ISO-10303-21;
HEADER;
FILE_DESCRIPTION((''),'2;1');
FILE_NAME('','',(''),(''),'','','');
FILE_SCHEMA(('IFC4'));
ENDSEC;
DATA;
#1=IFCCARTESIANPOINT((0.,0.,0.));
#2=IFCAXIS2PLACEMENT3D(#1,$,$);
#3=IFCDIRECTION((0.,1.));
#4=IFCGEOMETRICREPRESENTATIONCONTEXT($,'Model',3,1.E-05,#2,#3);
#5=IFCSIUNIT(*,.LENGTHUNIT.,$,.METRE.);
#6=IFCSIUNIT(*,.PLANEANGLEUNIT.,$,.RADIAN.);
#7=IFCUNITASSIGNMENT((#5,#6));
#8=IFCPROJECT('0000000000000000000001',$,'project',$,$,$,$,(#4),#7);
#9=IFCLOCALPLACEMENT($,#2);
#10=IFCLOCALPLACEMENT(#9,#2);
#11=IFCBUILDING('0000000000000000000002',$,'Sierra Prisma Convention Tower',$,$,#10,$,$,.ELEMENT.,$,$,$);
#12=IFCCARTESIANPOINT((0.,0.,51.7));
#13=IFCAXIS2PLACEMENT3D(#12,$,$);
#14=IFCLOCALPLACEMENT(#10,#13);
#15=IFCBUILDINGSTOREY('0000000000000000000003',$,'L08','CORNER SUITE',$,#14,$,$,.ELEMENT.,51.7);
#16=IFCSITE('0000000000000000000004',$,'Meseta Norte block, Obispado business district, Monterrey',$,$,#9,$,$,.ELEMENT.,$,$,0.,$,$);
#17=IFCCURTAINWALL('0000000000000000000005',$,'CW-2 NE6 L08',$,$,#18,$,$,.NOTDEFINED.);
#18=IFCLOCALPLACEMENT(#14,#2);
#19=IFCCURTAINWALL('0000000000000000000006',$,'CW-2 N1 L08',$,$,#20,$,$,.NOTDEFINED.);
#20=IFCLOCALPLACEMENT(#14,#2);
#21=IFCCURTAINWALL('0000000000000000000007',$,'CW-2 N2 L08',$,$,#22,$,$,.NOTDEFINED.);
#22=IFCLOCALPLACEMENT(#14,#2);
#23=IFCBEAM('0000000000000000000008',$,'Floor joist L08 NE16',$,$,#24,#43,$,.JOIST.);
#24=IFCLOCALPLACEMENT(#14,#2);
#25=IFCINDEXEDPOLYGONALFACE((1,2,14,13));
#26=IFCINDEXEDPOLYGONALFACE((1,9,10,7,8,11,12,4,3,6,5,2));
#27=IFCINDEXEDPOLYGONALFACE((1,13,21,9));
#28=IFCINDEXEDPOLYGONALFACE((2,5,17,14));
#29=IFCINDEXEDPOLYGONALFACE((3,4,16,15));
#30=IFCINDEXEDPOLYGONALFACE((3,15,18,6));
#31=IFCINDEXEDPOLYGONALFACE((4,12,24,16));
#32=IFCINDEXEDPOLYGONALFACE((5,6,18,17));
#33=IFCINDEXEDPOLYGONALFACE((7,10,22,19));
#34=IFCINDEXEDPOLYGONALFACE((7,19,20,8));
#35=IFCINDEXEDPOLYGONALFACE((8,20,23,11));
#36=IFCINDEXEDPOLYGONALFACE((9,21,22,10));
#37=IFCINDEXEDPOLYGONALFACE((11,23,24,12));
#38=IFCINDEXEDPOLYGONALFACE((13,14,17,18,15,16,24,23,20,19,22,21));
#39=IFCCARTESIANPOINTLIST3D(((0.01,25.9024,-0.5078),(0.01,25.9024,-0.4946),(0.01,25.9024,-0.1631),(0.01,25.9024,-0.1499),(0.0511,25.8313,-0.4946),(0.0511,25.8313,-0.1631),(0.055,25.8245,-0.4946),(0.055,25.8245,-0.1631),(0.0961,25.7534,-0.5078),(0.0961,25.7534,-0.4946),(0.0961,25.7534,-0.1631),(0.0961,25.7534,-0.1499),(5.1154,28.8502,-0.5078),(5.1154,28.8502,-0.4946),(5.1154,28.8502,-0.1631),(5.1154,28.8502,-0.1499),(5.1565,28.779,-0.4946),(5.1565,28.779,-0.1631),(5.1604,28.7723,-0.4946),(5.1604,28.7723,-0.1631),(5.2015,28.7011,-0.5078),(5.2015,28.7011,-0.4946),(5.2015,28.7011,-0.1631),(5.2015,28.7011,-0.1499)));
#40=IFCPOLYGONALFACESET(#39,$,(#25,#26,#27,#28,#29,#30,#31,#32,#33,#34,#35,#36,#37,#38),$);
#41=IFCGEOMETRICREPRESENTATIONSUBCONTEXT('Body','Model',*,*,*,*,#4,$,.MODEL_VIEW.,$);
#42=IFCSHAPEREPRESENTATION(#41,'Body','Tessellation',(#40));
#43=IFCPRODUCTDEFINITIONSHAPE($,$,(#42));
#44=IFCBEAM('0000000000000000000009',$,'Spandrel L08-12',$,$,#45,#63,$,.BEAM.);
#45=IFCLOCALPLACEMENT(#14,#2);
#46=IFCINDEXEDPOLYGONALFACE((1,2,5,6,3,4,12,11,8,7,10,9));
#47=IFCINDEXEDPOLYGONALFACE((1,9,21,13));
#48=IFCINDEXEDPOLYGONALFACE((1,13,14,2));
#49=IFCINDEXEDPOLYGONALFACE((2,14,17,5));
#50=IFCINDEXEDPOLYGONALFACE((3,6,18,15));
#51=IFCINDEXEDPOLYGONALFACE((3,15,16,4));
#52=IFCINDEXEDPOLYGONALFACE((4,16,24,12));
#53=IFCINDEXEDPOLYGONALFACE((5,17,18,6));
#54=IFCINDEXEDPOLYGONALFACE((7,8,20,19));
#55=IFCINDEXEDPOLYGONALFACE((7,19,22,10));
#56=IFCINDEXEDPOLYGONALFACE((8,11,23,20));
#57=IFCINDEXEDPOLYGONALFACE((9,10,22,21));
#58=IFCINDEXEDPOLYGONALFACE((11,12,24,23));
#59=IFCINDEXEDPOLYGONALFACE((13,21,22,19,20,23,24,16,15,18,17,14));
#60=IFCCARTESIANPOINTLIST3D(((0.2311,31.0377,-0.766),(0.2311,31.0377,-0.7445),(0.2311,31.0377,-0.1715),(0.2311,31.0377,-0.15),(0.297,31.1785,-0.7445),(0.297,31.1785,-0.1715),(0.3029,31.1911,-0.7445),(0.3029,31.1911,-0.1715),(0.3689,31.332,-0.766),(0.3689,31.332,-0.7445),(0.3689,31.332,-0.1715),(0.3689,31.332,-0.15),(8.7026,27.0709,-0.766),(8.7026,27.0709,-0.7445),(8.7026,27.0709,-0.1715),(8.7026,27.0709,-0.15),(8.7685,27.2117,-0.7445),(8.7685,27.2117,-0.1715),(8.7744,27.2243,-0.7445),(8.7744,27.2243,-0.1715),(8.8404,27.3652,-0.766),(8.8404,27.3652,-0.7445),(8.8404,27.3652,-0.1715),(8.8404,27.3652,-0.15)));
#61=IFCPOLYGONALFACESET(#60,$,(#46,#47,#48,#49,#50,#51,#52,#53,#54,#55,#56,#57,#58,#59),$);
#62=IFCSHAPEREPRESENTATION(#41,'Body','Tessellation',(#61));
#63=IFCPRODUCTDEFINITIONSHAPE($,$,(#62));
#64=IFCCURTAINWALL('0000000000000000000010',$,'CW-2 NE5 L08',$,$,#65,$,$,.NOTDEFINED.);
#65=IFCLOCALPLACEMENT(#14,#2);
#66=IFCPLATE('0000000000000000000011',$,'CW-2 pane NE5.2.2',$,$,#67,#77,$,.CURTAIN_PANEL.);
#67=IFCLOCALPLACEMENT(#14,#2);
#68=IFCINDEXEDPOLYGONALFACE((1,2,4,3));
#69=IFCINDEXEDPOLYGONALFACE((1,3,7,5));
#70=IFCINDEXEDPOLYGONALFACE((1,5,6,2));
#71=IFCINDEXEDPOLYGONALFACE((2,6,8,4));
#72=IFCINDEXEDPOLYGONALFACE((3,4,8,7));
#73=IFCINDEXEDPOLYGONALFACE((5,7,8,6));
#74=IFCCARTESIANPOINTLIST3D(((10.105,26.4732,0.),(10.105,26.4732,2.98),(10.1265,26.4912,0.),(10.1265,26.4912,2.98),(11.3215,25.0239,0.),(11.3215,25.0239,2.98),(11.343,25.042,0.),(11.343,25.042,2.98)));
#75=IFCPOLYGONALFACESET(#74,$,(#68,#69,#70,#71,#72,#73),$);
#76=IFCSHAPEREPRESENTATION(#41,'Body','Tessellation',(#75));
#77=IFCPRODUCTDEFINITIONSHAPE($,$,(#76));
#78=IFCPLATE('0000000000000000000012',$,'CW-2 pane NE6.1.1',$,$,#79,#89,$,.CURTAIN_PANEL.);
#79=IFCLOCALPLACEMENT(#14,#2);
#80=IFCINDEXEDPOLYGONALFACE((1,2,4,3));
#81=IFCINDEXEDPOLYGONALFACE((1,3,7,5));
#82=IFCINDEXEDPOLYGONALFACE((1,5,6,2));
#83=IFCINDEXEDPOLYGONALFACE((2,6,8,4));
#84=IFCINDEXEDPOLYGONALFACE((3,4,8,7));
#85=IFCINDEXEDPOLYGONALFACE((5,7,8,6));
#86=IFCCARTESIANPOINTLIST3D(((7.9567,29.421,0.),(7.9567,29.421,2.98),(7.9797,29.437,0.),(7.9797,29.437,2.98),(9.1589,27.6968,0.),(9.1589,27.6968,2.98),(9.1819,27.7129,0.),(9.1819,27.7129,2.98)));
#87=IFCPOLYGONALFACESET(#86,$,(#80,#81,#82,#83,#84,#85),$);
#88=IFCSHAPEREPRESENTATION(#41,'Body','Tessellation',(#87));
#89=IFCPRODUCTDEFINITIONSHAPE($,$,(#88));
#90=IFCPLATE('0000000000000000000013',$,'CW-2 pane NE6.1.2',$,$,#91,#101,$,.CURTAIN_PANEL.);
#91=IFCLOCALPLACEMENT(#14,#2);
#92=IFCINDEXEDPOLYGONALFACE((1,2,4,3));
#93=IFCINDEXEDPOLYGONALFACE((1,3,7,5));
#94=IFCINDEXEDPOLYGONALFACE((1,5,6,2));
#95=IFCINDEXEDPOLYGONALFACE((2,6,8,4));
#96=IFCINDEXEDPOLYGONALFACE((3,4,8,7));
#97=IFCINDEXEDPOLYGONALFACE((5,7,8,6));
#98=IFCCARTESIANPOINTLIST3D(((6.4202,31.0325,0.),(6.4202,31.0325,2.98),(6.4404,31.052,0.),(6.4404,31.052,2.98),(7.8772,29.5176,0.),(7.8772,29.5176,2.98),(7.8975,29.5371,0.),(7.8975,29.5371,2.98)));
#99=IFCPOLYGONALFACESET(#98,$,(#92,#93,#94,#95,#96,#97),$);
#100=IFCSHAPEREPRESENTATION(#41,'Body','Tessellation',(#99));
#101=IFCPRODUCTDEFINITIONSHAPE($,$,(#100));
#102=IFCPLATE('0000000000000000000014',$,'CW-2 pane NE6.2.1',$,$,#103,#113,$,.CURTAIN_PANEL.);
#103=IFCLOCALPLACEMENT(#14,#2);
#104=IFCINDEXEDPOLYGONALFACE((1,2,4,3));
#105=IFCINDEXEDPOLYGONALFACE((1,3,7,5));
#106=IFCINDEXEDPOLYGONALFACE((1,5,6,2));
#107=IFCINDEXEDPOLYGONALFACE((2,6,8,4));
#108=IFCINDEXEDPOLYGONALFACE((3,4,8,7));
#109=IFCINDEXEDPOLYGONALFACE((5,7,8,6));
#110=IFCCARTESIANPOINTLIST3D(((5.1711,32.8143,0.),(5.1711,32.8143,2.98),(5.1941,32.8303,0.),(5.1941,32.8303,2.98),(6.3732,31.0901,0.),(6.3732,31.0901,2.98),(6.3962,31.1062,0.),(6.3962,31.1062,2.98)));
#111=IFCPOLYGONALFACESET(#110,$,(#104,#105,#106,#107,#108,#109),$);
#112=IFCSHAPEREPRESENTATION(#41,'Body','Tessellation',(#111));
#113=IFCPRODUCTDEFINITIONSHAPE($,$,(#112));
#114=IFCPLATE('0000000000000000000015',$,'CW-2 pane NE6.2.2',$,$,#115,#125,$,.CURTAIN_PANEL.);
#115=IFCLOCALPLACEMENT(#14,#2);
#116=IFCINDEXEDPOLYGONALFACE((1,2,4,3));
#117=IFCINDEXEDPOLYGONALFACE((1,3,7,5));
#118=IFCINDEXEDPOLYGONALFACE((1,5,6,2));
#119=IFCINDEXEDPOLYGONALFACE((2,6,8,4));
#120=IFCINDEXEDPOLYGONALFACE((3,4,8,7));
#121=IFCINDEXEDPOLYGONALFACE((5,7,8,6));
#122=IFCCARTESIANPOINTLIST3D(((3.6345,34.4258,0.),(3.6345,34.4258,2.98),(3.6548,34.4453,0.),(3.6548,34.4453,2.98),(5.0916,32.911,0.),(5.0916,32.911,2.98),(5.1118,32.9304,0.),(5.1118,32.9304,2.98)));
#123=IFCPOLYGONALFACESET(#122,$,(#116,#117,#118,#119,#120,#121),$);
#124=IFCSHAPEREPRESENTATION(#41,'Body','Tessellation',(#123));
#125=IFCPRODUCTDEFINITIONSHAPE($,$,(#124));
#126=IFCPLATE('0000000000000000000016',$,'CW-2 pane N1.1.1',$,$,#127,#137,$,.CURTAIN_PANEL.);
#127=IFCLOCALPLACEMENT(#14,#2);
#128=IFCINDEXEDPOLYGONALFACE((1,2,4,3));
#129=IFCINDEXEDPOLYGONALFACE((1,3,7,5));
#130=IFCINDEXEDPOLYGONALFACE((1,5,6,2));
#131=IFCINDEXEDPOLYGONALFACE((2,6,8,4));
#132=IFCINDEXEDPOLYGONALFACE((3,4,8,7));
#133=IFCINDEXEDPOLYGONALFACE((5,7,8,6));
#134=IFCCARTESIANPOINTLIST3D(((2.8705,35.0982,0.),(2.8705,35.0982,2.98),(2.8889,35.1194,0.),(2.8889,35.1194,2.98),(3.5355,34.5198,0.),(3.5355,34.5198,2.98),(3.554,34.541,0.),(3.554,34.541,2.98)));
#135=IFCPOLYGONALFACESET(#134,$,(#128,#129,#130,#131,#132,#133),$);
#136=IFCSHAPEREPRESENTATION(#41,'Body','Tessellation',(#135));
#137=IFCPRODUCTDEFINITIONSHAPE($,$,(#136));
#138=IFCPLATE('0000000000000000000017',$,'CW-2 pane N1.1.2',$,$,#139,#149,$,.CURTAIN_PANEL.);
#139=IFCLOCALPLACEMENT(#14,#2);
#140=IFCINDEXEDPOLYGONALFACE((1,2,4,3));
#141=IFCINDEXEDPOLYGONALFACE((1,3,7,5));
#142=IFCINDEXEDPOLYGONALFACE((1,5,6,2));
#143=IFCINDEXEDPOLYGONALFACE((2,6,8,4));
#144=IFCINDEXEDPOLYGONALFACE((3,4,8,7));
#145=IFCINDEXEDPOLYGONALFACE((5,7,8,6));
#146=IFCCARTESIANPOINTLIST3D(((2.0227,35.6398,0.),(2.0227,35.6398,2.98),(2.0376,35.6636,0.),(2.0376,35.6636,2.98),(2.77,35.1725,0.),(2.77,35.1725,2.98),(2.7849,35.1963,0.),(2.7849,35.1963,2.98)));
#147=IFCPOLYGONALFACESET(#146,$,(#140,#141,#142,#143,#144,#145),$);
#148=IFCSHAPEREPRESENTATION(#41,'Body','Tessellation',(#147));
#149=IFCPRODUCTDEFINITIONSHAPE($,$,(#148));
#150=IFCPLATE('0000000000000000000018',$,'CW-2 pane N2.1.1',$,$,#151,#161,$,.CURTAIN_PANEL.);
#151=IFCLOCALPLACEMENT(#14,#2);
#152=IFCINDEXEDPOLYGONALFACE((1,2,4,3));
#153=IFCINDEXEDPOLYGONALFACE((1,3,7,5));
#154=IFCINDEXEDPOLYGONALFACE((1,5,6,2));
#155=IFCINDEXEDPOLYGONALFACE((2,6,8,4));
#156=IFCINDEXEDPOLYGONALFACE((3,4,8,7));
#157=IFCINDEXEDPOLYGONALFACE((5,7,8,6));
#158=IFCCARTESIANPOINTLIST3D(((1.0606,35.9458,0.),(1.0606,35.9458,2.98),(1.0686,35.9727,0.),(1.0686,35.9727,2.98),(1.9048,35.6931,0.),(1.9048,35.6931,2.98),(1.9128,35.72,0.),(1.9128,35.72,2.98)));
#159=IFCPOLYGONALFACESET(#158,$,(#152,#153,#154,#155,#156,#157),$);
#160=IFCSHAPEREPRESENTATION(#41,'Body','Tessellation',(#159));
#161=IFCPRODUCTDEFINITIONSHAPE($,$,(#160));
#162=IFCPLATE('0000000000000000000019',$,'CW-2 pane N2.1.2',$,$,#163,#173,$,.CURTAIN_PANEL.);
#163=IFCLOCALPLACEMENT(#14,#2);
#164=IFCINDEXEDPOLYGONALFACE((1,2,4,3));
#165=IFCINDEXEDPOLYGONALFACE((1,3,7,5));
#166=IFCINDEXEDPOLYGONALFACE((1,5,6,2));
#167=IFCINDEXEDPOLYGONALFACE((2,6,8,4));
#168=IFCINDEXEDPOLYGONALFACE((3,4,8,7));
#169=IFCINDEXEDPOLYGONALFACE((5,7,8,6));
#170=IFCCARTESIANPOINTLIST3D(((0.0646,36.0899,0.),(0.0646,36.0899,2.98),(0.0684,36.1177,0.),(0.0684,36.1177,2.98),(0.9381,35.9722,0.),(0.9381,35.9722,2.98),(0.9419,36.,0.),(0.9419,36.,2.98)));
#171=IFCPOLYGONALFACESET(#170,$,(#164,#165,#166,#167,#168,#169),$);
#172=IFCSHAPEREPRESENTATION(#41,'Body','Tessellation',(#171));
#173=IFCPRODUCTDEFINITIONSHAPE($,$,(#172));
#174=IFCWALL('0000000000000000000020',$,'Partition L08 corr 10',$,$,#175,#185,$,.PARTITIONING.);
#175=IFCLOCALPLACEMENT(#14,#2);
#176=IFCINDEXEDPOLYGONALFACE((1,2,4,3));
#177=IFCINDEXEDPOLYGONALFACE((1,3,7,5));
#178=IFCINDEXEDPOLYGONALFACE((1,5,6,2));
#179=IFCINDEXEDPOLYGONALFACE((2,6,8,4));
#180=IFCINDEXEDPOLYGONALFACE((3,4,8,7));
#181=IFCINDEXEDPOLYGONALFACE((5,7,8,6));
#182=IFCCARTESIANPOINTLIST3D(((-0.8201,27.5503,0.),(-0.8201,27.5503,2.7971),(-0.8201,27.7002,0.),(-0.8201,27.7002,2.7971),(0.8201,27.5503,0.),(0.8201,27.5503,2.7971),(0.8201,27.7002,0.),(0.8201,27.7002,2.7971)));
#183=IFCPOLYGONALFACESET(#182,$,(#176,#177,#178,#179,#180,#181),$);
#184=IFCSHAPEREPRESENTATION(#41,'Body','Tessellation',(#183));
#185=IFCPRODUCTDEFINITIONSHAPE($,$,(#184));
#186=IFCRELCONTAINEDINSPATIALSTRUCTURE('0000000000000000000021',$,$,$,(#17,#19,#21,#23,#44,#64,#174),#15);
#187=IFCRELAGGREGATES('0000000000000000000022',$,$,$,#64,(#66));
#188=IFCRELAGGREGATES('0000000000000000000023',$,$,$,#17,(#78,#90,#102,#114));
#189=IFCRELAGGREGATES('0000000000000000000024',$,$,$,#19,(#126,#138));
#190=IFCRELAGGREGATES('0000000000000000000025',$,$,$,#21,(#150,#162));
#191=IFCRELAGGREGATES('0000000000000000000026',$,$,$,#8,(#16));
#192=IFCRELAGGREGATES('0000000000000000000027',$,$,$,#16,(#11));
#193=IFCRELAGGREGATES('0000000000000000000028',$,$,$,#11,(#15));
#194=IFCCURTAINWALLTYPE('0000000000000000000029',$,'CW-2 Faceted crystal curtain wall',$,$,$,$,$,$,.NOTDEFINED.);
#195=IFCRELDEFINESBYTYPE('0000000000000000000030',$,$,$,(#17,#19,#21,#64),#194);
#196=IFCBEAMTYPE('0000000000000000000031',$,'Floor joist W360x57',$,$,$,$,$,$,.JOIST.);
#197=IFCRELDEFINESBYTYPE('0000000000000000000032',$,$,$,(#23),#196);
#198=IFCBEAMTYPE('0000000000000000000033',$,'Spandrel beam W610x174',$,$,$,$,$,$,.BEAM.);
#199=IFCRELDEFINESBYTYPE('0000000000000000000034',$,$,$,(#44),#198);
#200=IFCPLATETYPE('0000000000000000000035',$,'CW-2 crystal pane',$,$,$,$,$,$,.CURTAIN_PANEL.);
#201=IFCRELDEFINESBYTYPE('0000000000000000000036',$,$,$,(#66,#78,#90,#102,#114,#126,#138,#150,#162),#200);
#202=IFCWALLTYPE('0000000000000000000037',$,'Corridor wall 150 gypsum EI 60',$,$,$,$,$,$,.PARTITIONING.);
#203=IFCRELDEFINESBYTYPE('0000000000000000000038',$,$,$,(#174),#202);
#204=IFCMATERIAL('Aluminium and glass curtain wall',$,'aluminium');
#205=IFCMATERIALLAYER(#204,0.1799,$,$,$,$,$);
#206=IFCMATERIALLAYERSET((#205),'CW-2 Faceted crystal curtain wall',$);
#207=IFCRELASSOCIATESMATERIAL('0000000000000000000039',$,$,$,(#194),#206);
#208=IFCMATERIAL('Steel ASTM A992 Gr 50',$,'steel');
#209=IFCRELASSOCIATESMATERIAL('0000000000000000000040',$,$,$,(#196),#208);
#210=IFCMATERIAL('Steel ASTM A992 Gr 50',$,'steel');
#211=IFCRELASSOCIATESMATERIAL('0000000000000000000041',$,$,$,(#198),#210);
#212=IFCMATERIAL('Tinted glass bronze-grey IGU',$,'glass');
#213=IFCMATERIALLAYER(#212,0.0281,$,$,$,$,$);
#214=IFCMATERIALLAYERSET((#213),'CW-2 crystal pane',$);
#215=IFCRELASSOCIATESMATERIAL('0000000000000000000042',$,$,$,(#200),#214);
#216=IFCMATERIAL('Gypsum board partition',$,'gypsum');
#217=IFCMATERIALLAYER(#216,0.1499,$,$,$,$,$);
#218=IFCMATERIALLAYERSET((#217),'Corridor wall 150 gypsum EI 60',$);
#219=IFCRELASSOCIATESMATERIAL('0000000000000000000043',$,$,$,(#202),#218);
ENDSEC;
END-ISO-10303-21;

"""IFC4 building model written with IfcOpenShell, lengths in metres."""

from ifc_helpers import new_model, si_unit, direction, frame, frame_2d, origin, origin_2d, place, context, subcontext, project, spatial, polyline, rectangle, i_section, outline, extrude, material, layer, layer_set, material_profile, profile_set, type_object, element, aggregate, save


model = new_model("IFC4")

# Units and contexts
model_context = context("Model", 3, precision=1e-05, world=origin(), true_north=direction((0.0, 1.0)))
body_context = subcontext(model_context, "Body", "Model", "MODEL_VIEW")
ifc_project = project(units=[si_unit("LENGTHUNIT", "METRE"), si_unit("PLANEANGLEUNIT", "RADIAN")], contexts=[model_context])

# Site, building, storey
site_placement = place(None, origin())
site = spatial("IfcSite", under=ifc_project, at=site_placement, Name="Meseta Norte block, Obispado business district, Monterrey", CompositionType="ELEMENT", RefElevation=0.0)
building_placement = place(site_placement, origin())
building = spatial("IfcBuilding", under=site, at=building_placement, Name="Sierra Prisma Convention Tower", CompositionType="ELEMENT")
storey_placement = place(building_placement, frame((0.0, 0.0, 51.7)))
storey = spatial("IfcBuildingStorey", under=building, at=storey_placement, Name="L08", Description="CORNER SUITE", CompositionType="ELEMENT", Elevation=51.7)

# Curtain wall
ifc_material_1 = material(Name="Aluminium and glass curtain wall", Category="aluminium")
ifc_layer_1 = layer(ifc_material_1, 0.1799)
ifc_layer_set_1 = layer_set([ifc_layer_1], Name="CW-2 Faceted crystal curtain wall")
curtain_wall_type = type_object("IfcCurtainWallType", Name="CW-2 Faceted crystal curtain wall", PredefinedType="NOTDEFINED", material=ifc_layer_set_1)
curtain_wall_1_placement = place(storey_placement, origin())
curtain_wall_1 = element("IfcCurtainWall", 1, at=curtain_wall_1_placement, inside=storey, type_object=curtain_wall_type, Name="CW-2 NE6 L08", PredefinedType="NOTDEFINED")

# Curtain walls
curtain_wall_2_placement = place(storey_placement, origin())
curtain_wall_2 = element("IfcCurtainWall", 2, at=curtain_wall_2_placement, inside=storey, type_object=curtain_wall_type, Name="CW-2 N1 L08", PredefinedType="NOTDEFINED")
curtain_wall_3_placement = place(storey_placement, origin())
curtain_wall_3 = element("IfcCurtainWall", 3, at=curtain_wall_3_placement, inside=storey, type_object=curtain_wall_type, Name="CW-2 N2 L08", PredefinedType="NOTDEFINED")

# Beams
ifc_material_2 = material(Name="Steel ASTM A992 Gr 50", Category="steel")
ifc_material_profile_1 = material_profile(ifc_material_2, i_section(OverallWidth=0.1721, OverallDepth=0.3579, WebThickness=0.0078, FlangeThickness=0.0132, at=origin_2d()), Name="W360x57")
ifc_profile_set_1 = profile_set([ifc_material_profile_1], Name="Steel ASTM A992 Gr 50")
beam_type_1 = type_object("IfcBeamType", Name="Floor joist W360x57", PredefinedType="JOIST", material=ifc_profile_set_1)
beam_1_placement = place(storey_placement, frame((5.1584, 28.7756, -0.3289), z_axis=(-0.866017, -0.500014, 0.0), x_axis=(0.500014, -0.866017, 0.0)))
element("IfcBeam", 4, at=beam_1_placement, inside=storey, type_object=beam_type_1, Name="Floor joist L08 NE16", PredefinedType="JOIST", context=body_context, shape_type="SweptSolid", body=[
    extrude(i_section(OverallWidth=0.1721, OverallDepth=0.3579, WebThickness=0.0078, FlangeThickness=0.0132, at=origin_2d()), origin(), (0.0, 0.0, 1.0), 5.8953),
])
ifc_material_3 = material(Name="Steel ASTM A992 Gr 50", Category="steel")
ifc_material_profile_2 = material_profile(ifc_material_3, i_section(OverallWidth=0.325, OverallDepth=0.616, WebThickness=0.0139, FlangeThickness=0.0215, at=origin_2d()), Name="W610x174")
ifc_profile_set_2 = profile_set([ifc_material_profile_2], Name="Steel ASTM A992 Gr 50")
beam_type_2 = type_object("IfcBeamType", Name="Spandrel beam W610x174", PredefinedType="BEAM", material=ifc_profile_set_2)
beam_2_placement = place(storey_placement, frame((8.7715, 27.218, -0.458), z_axis=(-0.905631, 0.424067, 0.0), x_axis=(-0.424067, -0.905631, 0.0)))
element("IfcBeam", 5, at=beam_2_placement, inside=storey, type_object=beam_type_2, Name="Spandrel L08-12", PredefinedType="BEAM", context=body_context, shape_type="SweptSolid", body=[
    extrude(i_section(OverallWidth=0.325, OverallDepth=0.616, WebThickness=0.0139, FlangeThickness=0.0215, at=origin_2d()), origin(), (0.0, 0.0, 1.0), 9.3542),
])

# Curtain wall, plate
curtain_wall_4_placement = place(storey_placement, origin())
curtain_wall_4 = element("IfcCurtainWall", 6, at=curtain_wall_4_placement, inside=storey, type_object=curtain_wall_type, Name="CW-2 NE5 L08", PredefinedType="NOTDEFINED")
ifc_material_4 = material(Name="Tinted glass bronze-grey IGU", Category="glass")
ifc_layer_2 = layer(ifc_material_4, 0.0281)
ifc_layer_set_2 = layer_set([ifc_layer_2], Name="CW-2 crystal pane")
plate_type = type_object("IfcPlateType", Name="CW-2 crystal pane", PredefinedType="CURTAIN_PANEL", material=ifc_layer_set_2)
plate_1_placement = place(storey_placement, frame((10.1265, 26.4912, 0.0), z_axis=(0.765911, 0.642947, 0.0), x_axis=(0.642947, -0.765911, 0.0)))
plate_1 = element("IfcPlate", 7, at=plate_1_placement, type_object=plate_type, Name="CW-2 pane NE5.2.2", PredefinedType="CURTAIN_PANEL", context=body_context, shape_type="SweptSolid", body=[
    extrude(outline(polyline([(0.0, 0.0), (1.8922, 0.0), (1.8922, -2.98), (0.0, -2.98), (0.0, 0.0)])), origin(), (0.0, 0.0, -1.0), 0.0281),
])
aggregate(curtain_wall_4, [plate_1])

# Plates
plate_2_placement = place(storey_placement, frame((9.1819, 27.7129, 0.0), z_axis=(0.820289, 0.571949, 0.0), x_axis=(-0.571949, 0.820289, 0.0)))
plate_2 = element("IfcPlate", 8, at=plate_2_placement, type_object=plate_type, Name="CW-2 pane NE6.1.1", PredefinedType="CURTAIN_PANEL", context=body_context, shape_type="SweptSolid", body=[
    extrude(outline(polyline([(0.0, 0.0), (2.1018, 0.0), (2.1018, 2.98), (0.0, 2.98), (0.0, 0.0)])), origin(), (0.0, 0.0, -1.0), 0.0281),
])
plate_3_placement = place(storey_placement, frame((6.4404, 31.052, 0.0), z_axis=(0.720737, 0.693209, 0.0), x_axis=(0.693209, -0.720737, 0.0)))
plate_3 = element("IfcPlate", 9, at=plate_3_placement, type_object=plate_type, Name="CW-2 pane NE6.1.2", PredefinedType="CURTAIN_PANEL", context=body_context, shape_type="SweptSolid", body=[
    extrude(outline(polyline([(0.0, 0.0), (2.1019, 0.0), (2.1019, -2.98), (0.0, -2.98), (0.0, 0.0)])), origin(), (0.0, 0.0, -1.0), 0.0281),
])
plate_4_placement = place(storey_placement, frame((6.3962, 31.1062, 0.0), z_axis=(0.820289, 0.571949, 0.0), x_axis=(-0.571949, 0.820289, 0.0)))
plate_4 = element("IfcPlate", 10, at=plate_4_placement, type_object=plate_type, Name="CW-2 pane NE6.2.1", PredefinedType="CURTAIN_PANEL", context=body_context, shape_type="SweptSolid", body=[
    extrude(outline(polyline([(0.0, 0.0), (2.1018, 0.0), (2.1018, 2.98), (0.0, 2.98), (0.0, 0.0)])), origin(), (0.0, 0.0, -1.0), 0.0281),
])
plate_5_placement = place(storey_placement, frame((3.6548, 34.4453, 0.0), z_axis=(0.720737, 0.693209, 0.0), x_axis=(0.693209, -0.720737, 0.0)))
plate_5 = element("IfcPlate", 11, at=plate_5_placement, type_object=plate_type, Name="CW-2 pane NE6.2.2", PredefinedType="CURTAIN_PANEL", context=body_context, shape_type="SweptSolid", body=[
    extrude(outline(polyline([(0.0, 0.0), (2.1019, 0.0), (2.1019, -2.98), (0.0, -2.98), (0.0, 0.0)])), origin(), (0.0, 0.0, -1.0), 0.0281),
])
aggregate(curtain_wall_1, [plate_2, plate_3, plate_4, plate_5])
plate_6_placement = place(storey_placement, frame((3.554, 34.541, 0.0), z_axis=(0.656227, 0.754564, 0.0), x_axis=(-0.754564, 0.656227, 0.0)))
plate_6 = element("IfcPlate", 12, at=plate_6_placement, type_object=plate_type, Name="CW-2 pane N1.1.1", PredefinedType="CURTAIN_PANEL", context=body_context, shape_type="SweptSolid", body=[
    extrude(outline(polyline([(0.0, 0.0), (0.8814, 0.0), (0.8814, 2.98), (0.0, 2.98), (0.0, 0.0)])), origin(), (0.0, 0.0, -1.0), 0.0281),
])
plate_7_placement = place(storey_placement, frame((2.0376, 35.6636, 0.0), z_axis=(0.530173, 0.847889, 0.0), x_axis=(0.847889, -0.530173, 0.0)))
plate_7 = element("IfcPlate", 13, at=plate_7_placement, type_object=plate_type, Name="CW-2 pane N1.1.2", PredefinedType="CURTAIN_PANEL", context=body_context, shape_type="SweptSolid", body=[
    extrude(outline(polyline([(0.0, 0.0), (0.8814, 0.0), (0.8814, -2.98), (0.0, -2.98), (0.0, 0.0)])), origin(), (0.0, 0.0, -1.0), 0.0281),
])
aggregate(curtain_wall_2, [plate_6, plate_7])
plate_8_placement = place(storey_placement, frame((1.9128, 35.72, 0.0), z_axis=(0.286738, 0.958009, 0.0), x_axis=(-0.958009, 0.286738, 0.0)))
plate_8 = element("IfcPlate", 14, at=plate_8_placement, type_object=plate_type, Name="CW-2 pane N2.1.1", PredefinedType="CURTAIN_PANEL", context=body_context, shape_type="SweptSolid", body=[
    extrude(outline(polyline([(0.0, 0.0), (0.8812, 0.0), (0.8812, 2.98), (0.0, 2.98), (0.0, 0.0)])), origin(), (0.0, 0.0, -1.0), 0.0281),
])
plate_9_placement = place(storey_placement, frame((0.0684, 36.1177, 0.0), z_axis=(0.133506, 0.991048, 0.0), x_axis=(0.991048, -0.133506, 0.0)))
plate_9 = element("IfcPlate", 15, at=plate_9_placement, type_object=plate_type, Name="CW-2 pane N2.1.2", PredefinedType="CURTAIN_PANEL", context=body_context, shape_type="SweptSolid", body=[
    extrude(outline(polyline([(0.0, 0.0), (0.8814, 0.0), (0.8814, -2.98), (0.0, -2.98), (0.0, 0.0)])), origin(), (0.0, 0.0, -1.0), 0.0281),
])
aggregate(curtain_wall_3, [plate_8, plate_9])

# Wall
ifc_material_5 = material(Name="Gypsum board partition", Category="gypsum")
ifc_layer_3 = layer(ifc_material_5, 0.1499)
ifc_layer_set_3 = layer_set([ifc_layer_3], Name="Corridor wall 150 gypsum EI 60")
wall_type_1 = type_object("IfcWallType", Name="Corridor wall 150 gypsum EI 60", PredefinedType="PARTITIONING", material=ifc_layer_set_3)
wall_1_placement = place(storey_placement, frame((0.8201, 27.6252, 0.0), z_axis=(0.0, 0.0, 1.0), x_axis=(-1.0, 0.0, 0.0)))
element("IfcWall", 16, at=wall_1_placement, inside=storey, type_object=wall_type_1, Name="Partition L08 corr 10", PredefinedType="PARTITIONING", context=body_context, shape_type="SweptSolid", body=[
    extrude(rectangle(XDim=1.6401, YDim=0.1499, at=frame_2d((0.8201, 0.0))), origin(), (0.0, 0.0, 1.0), 2.7971),
])

save(model, "model.ifc")
